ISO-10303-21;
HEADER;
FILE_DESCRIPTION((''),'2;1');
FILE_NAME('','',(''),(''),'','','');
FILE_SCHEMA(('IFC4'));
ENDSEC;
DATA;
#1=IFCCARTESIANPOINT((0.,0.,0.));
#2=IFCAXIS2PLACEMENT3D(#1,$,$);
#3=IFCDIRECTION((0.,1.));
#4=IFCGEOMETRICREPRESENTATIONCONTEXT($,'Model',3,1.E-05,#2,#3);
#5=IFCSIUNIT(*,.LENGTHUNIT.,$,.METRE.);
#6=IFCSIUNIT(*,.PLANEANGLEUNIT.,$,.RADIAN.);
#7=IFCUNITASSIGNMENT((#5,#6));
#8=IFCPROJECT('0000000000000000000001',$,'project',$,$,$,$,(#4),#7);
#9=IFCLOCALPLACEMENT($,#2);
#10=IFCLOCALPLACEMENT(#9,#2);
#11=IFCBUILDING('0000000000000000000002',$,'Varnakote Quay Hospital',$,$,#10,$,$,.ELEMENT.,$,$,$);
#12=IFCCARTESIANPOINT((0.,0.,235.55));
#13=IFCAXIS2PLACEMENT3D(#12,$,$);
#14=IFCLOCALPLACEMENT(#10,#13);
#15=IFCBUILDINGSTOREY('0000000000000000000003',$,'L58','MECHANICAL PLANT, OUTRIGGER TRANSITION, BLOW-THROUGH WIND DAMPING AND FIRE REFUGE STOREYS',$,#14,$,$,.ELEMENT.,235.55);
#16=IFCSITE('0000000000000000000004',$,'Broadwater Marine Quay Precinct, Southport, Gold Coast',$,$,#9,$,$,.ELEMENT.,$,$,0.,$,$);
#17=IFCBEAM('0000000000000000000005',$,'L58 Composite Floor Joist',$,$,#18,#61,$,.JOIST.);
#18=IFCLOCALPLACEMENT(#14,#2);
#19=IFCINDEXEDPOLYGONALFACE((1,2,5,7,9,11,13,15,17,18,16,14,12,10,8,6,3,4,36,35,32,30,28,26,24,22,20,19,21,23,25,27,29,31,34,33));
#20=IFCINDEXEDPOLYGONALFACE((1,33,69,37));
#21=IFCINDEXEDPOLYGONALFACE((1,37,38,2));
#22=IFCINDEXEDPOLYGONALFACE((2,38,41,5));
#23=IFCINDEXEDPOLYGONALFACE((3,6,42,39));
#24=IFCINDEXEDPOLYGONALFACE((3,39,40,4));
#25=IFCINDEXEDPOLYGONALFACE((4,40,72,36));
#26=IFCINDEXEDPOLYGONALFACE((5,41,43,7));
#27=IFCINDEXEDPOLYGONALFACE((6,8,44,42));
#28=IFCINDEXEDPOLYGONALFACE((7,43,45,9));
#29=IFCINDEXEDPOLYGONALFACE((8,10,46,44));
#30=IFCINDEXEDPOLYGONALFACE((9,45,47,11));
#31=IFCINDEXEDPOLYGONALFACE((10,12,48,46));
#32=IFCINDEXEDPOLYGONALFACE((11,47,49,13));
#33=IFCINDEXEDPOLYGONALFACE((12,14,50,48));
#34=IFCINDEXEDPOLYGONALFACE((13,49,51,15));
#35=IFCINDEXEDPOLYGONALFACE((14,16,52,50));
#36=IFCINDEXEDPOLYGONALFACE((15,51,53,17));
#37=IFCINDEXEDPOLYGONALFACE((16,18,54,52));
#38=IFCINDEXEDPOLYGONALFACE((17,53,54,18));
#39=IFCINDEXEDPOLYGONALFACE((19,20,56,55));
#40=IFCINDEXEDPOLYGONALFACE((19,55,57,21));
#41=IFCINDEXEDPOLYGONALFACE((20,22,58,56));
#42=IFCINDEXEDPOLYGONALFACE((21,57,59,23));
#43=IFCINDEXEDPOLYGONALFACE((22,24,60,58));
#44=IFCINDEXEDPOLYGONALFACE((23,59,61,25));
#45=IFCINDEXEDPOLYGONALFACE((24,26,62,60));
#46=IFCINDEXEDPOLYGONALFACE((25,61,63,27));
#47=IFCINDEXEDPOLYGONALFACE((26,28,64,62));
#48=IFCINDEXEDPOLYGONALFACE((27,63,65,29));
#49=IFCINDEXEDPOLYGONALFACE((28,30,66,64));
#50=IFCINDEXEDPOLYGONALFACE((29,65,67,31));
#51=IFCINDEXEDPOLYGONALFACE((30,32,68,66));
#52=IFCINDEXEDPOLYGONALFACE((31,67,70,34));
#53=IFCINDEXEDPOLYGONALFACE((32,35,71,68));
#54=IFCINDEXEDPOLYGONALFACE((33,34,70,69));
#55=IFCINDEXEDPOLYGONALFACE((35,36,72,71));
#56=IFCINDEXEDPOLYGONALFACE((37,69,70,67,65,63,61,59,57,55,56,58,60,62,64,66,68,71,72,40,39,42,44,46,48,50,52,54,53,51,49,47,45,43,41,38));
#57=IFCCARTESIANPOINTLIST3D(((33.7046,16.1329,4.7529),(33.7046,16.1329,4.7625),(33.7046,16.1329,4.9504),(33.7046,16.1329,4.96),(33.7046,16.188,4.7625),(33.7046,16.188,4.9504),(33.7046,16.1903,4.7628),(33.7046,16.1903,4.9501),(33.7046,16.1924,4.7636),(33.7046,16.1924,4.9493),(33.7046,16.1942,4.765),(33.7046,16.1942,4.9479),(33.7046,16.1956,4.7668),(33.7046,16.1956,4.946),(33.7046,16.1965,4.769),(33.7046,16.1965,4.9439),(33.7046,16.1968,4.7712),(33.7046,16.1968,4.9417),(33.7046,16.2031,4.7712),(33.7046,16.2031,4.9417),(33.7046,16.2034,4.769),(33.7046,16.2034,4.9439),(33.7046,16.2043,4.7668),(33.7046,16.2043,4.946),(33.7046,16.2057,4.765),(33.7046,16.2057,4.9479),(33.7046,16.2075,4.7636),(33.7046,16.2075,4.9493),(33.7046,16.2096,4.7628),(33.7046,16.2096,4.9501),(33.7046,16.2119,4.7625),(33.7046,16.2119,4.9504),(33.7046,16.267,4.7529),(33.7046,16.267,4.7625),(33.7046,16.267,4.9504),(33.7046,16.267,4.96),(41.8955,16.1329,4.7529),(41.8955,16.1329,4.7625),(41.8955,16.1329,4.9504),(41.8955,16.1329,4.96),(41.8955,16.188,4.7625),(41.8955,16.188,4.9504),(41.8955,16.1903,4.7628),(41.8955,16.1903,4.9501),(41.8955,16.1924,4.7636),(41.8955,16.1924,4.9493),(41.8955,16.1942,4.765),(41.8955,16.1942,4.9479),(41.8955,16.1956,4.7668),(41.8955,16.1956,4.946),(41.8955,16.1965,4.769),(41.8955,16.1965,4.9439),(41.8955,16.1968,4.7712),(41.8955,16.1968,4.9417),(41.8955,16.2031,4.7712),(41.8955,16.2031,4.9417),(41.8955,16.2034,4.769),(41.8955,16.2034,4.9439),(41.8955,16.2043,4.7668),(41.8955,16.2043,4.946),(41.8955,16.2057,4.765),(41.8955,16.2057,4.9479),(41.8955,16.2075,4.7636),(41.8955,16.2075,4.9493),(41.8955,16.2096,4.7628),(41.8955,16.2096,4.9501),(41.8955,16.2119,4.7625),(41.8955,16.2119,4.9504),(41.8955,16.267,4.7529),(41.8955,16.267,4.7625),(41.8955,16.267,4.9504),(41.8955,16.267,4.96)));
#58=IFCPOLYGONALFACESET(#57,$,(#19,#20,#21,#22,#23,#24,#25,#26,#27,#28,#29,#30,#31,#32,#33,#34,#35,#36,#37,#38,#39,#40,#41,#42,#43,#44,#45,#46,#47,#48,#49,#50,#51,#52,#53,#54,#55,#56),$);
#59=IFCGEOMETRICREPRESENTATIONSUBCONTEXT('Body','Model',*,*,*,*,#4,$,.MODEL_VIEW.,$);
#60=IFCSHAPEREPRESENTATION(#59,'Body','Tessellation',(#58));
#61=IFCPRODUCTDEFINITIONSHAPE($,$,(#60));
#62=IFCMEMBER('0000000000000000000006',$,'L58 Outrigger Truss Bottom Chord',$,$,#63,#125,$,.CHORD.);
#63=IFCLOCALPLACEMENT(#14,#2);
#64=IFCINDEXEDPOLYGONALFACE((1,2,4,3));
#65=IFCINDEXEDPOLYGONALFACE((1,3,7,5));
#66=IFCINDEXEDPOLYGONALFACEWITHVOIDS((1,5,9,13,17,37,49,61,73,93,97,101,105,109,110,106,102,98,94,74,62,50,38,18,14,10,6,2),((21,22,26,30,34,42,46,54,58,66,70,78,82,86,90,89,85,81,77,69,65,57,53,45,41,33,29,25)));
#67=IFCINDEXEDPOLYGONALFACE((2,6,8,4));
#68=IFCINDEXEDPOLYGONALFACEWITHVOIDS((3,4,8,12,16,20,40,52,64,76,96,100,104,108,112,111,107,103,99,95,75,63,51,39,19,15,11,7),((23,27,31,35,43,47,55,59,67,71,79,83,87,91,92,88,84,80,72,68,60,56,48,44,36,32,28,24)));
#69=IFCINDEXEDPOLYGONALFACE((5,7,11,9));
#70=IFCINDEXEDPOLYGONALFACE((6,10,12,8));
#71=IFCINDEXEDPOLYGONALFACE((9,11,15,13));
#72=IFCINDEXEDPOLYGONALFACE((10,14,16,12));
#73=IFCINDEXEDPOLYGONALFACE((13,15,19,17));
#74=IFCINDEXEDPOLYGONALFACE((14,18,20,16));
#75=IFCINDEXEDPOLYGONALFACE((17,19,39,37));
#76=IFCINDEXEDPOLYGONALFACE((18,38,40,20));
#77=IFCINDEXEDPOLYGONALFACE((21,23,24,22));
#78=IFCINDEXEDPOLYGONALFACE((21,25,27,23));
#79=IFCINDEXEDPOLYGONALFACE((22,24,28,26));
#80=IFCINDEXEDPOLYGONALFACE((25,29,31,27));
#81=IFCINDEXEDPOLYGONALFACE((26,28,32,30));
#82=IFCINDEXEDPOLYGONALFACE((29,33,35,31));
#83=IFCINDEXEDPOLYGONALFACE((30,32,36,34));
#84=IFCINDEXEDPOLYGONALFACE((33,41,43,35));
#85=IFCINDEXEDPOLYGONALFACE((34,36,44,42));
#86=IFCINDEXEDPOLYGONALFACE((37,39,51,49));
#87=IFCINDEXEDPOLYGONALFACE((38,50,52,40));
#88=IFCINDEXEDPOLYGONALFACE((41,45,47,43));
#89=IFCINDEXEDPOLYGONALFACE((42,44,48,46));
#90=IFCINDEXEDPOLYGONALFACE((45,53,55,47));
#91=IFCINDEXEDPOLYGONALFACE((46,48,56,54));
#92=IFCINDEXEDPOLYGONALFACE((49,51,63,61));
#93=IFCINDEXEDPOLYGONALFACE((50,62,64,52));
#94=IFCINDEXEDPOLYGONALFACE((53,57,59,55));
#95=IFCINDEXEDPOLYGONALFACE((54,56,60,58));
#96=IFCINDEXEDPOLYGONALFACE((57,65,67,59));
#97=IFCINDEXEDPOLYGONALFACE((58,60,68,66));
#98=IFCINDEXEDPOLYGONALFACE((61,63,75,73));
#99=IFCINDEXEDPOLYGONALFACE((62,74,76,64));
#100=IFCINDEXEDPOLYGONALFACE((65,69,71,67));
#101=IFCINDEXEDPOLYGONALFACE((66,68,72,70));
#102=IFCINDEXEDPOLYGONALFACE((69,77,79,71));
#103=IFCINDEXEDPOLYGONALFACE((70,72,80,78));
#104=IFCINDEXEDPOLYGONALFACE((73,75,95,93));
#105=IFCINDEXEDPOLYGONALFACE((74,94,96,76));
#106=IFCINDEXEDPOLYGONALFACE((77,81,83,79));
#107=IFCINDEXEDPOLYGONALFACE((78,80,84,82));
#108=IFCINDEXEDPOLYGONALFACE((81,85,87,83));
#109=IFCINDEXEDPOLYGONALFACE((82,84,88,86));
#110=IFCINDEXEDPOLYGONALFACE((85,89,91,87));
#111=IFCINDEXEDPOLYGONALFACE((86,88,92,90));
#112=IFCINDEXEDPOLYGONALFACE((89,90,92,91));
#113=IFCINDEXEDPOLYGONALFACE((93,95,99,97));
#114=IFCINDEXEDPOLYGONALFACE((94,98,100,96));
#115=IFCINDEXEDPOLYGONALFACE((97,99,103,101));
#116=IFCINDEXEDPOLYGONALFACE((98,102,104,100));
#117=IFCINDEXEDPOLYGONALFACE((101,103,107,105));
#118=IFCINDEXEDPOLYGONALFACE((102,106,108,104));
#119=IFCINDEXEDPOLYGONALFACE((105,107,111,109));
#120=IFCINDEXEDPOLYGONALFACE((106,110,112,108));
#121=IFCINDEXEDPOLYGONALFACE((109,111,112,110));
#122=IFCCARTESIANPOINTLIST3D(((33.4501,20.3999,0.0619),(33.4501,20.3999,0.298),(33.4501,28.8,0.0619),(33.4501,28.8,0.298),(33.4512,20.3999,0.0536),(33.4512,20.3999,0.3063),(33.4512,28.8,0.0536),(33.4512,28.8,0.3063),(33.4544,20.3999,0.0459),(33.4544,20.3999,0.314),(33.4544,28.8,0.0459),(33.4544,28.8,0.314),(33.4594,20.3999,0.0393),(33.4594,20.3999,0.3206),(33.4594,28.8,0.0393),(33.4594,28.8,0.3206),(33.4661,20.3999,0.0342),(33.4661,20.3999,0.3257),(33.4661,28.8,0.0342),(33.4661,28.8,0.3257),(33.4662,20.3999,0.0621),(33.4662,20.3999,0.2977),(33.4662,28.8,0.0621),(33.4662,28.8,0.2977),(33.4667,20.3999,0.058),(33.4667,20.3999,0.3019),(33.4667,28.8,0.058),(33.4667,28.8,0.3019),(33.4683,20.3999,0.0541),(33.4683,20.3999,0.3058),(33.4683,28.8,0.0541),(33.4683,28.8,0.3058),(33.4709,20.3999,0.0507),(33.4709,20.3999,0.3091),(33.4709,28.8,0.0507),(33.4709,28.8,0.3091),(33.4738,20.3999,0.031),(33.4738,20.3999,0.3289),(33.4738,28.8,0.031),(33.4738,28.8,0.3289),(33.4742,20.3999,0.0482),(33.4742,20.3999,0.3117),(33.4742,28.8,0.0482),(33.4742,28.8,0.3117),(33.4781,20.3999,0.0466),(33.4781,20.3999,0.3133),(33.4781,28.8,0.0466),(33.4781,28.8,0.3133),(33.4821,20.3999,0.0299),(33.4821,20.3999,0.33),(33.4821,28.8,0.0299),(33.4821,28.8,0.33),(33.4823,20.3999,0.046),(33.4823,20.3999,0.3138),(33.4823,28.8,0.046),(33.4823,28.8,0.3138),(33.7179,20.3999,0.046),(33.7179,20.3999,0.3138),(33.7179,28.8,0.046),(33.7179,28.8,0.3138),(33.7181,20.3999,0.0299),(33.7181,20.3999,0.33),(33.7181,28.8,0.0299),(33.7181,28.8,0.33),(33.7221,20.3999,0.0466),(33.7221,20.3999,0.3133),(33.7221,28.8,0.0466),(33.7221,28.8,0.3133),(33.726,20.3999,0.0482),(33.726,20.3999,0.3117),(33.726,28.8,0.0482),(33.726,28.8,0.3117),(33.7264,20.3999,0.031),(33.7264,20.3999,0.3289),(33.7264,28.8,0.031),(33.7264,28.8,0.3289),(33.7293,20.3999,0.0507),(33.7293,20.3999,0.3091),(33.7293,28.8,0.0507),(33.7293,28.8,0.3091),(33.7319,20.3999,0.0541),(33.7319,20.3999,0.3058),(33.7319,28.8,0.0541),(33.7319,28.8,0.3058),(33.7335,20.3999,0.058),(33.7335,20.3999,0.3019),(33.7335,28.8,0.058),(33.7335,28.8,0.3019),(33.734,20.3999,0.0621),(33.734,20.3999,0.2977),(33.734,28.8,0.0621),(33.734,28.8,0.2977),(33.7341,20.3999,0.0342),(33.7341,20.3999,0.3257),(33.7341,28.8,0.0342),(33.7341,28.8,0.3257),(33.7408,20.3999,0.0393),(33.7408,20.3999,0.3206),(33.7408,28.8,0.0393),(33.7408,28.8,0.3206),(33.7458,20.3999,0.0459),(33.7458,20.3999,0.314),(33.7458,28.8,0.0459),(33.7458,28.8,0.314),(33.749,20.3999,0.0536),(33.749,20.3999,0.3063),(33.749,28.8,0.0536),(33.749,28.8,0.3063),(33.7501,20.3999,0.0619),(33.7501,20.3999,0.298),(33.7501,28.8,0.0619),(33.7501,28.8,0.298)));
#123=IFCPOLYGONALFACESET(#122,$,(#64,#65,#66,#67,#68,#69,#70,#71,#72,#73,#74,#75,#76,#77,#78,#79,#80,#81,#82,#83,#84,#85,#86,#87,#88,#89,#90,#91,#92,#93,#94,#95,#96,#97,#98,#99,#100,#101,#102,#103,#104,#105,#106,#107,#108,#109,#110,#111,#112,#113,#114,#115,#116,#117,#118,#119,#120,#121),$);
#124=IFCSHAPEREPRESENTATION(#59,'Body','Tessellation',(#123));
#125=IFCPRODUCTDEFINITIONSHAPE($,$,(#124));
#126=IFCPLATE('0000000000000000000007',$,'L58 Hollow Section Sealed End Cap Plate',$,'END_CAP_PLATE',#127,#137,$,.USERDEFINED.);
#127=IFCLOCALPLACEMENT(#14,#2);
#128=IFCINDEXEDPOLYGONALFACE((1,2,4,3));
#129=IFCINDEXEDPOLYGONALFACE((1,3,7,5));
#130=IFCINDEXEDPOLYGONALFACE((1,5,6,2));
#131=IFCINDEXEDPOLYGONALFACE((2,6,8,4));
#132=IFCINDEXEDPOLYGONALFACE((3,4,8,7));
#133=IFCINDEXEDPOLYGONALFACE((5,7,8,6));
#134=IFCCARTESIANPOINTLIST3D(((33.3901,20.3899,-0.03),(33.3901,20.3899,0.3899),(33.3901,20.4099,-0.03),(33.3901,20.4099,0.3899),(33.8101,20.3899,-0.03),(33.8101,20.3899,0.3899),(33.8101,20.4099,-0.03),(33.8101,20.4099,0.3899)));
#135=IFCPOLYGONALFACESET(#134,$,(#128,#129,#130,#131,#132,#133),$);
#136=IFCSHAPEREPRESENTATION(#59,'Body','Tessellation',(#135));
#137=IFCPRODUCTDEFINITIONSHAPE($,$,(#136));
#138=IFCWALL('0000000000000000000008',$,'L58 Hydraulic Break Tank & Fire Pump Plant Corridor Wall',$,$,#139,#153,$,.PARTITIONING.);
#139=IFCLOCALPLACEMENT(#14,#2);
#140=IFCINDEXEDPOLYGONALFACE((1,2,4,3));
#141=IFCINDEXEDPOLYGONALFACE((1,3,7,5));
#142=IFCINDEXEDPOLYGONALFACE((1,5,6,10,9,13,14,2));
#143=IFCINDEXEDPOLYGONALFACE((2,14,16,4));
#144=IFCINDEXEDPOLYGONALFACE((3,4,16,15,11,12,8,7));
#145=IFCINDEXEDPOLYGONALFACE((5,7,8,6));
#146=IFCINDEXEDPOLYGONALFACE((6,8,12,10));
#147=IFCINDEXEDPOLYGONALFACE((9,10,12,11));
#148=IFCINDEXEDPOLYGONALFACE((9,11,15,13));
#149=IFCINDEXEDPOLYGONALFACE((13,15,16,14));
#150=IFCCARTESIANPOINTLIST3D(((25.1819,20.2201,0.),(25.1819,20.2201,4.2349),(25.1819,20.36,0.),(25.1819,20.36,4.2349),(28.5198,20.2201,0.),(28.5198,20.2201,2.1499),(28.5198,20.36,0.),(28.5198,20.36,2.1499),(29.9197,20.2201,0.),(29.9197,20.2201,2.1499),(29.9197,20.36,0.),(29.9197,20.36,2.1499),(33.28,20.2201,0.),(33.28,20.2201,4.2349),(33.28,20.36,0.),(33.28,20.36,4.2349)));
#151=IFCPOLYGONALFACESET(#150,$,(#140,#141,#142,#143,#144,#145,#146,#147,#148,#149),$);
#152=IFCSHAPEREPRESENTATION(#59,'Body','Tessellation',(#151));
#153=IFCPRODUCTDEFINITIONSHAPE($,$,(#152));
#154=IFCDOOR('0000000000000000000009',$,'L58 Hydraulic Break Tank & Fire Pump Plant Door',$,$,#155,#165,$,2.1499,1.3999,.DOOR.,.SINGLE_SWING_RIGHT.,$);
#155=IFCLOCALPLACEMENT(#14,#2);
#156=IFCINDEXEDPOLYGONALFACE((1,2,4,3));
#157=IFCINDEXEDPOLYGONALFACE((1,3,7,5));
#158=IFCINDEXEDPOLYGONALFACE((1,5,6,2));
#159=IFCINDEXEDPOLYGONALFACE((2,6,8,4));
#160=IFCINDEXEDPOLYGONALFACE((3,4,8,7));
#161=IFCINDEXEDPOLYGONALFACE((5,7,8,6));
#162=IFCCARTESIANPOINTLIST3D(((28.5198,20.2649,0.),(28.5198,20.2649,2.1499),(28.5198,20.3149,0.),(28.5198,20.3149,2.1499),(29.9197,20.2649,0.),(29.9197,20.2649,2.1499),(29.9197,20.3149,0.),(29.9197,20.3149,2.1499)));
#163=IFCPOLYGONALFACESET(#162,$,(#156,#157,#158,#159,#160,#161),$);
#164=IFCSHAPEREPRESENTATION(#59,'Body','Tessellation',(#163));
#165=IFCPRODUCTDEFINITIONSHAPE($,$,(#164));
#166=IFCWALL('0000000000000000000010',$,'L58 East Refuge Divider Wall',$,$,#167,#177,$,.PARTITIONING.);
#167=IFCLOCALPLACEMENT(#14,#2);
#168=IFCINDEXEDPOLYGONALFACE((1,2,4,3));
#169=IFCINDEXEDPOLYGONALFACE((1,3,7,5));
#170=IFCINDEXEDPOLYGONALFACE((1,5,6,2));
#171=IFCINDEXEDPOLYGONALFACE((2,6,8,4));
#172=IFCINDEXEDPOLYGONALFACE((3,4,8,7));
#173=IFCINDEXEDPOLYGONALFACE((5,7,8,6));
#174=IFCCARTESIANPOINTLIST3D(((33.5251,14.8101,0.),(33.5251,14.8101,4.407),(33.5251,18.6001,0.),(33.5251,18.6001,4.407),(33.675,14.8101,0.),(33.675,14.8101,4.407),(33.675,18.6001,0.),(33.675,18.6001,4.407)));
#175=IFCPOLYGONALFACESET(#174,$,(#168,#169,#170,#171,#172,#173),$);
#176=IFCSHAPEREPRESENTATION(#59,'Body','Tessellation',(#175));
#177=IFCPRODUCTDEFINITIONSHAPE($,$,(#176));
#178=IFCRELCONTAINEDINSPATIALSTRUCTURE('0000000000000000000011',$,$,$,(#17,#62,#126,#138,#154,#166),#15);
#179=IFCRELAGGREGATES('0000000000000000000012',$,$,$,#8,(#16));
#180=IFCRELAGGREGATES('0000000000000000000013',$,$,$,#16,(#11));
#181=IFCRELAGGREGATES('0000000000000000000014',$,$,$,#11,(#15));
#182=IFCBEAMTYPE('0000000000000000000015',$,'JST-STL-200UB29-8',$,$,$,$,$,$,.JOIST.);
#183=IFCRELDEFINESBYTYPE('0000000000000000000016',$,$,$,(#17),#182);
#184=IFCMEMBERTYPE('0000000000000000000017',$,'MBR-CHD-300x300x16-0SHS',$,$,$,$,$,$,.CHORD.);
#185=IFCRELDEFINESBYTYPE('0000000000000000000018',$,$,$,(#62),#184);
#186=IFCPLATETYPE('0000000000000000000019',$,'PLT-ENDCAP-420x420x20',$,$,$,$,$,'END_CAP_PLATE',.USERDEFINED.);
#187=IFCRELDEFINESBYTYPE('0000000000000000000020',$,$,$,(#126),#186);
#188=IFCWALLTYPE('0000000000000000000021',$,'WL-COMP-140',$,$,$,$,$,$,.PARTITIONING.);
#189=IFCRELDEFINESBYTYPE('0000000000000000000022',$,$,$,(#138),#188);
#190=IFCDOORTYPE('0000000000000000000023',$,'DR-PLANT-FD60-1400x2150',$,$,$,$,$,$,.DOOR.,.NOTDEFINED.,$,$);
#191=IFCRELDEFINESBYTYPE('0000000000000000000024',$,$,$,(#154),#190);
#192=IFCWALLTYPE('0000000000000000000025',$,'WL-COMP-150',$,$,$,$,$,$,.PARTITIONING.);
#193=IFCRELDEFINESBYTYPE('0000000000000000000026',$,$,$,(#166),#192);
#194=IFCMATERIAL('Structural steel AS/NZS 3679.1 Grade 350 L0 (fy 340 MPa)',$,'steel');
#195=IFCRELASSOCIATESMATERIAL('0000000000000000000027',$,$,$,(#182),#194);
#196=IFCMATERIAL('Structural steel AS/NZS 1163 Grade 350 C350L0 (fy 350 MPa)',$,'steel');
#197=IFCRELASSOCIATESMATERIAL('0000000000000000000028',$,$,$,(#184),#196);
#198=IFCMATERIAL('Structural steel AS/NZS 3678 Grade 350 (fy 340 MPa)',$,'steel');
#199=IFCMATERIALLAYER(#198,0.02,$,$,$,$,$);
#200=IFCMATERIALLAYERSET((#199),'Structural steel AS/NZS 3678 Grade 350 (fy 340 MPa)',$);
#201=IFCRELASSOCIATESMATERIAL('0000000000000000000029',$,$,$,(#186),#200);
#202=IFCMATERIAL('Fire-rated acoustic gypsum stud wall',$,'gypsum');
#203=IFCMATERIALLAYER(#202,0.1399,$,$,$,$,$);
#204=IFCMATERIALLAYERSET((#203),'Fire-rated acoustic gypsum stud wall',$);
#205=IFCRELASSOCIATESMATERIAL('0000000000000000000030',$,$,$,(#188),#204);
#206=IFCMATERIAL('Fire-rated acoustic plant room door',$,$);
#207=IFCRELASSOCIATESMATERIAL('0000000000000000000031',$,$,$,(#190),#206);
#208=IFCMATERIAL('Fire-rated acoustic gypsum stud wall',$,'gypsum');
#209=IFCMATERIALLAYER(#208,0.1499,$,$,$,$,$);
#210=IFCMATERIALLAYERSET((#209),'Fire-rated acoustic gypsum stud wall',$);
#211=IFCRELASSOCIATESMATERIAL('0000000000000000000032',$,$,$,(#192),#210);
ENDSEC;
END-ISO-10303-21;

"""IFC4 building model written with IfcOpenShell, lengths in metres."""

from ifc_helpers import new_model, si_unit, direction, frame, frame_2d, origin, origin_2d, place, context, subcontext, project, spatial, rectangle, hollow_rectangle, i_section, extrude, material, layer, layer_set, material_profile, profile_set, type_object, element, fill, save


model = new_model("IFC4")

# Units and contexts
model_context = context("Model", 3, precision=1e-05, world=origin(), true_north=direction((0.0, 1.0)))
body_context = subcontext(model_context, "Body", "Model", "MODEL_VIEW")
ifc_project = project(units=[si_unit("LENGTHUNIT", "METRE"), si_unit("PLANEANGLEUNIT", "RADIAN")], contexts=[model_context])

# Site, building, storey
site_placement = place(None, origin())
site = spatial("IfcSite", under=ifc_project, at=site_placement, Name="Broadwater Marine Quay Precinct, Southport, Gold Coast", CompositionType="ELEMENT", RefElevation=0.0)
building_placement = place(site_placement, origin())
building = spatial("IfcBuilding", under=site, at=building_placement, Name="Varnakote Quay Hospital", CompositionType="ELEMENT")
storey_placement = place(building_placement, frame((0.0, 0.0, 235.55)))
storey = spatial("IfcBuildingStorey", under=building, at=storey_placement, Name="L58", Description="MECHANICAL PLANT, OUTRIGGER TRANSITION, BLOW-THROUGH WIND DAMPING AND FIRE REFUGE STOREYS", CompositionType="ELEMENT", Elevation=235.55)

# Beam
ifc_material_1 = material(Name="Structural steel AS/NZS 3679.1 Grade 350 L0 (fy 340 MPa)", Category="steel")
ifc_material_profile_1 = material_profile(ifc_material_1, i_section(OverallWidth=0.134, OverallDepth=0.207, WebThickness=0.0063, FlangeThickness=0.0095, FilletRadius=0.0088, at=origin_2d()), Name="200UB29.8")
ifc_profile_set_1 = profile_set([ifc_material_profile_1], Name="Structural steel AS/NZS 3679.1 Grade 350 L0 (fy 340 MPa)")
beam_type_1 = type_object("IfcBeamType", Name="JST-STL-200UB29-8", PredefinedType="JOIST", material=ifc_profile_set_1)
beam_1_placement = place(storey_placement, frame((33.7046, 16.2, 4.8564), z_axis=(1.0, 0.0, 0.0), x_axis=(0.0, 1.0, 0.0)))
element("IfcBeam", 1, at=beam_1_placement, inside=storey, type_object=beam_type_1, Name="L58 Composite Floor Joist", PredefinedType="JOIST", context=body_context, shape_type="SweptSolid", body=[
    extrude(i_section(OverallWidth=0.134, OverallDepth=0.207, WebThickness=0.0063, FlangeThickness=0.0095, FilletRadius=0.0088, at=origin_2d()), origin(), (0.0, 0.0, 1.0), 8.1909),
])

# Member
ifc_material_2 = material(Name="Structural steel AS/NZS 1163 Grade 350 C350L0 (fy 350 MPa)", Category="steel")
ifc_material_profile_2 = material_profile(ifc_material_2, hollow_rectangle(XDim=0.3, YDim=0.3, WallThickness=0.0161, InnerFilletRadius=0.0161, OuterFilletRadius=0.032, at=origin_2d()), Name="300x300x16.0SHS")
ifc_profile_set_2 = profile_set([ifc_material_profile_2], Name="Structural steel AS/NZS 1163 Grade 350 C350L0 (fy 350 MPa)")
member_type = type_object("IfcMemberType", Name="MBR-CHD-300x300x16-0SHS", PredefinedType="CHORD", material=ifc_profile_set_2)
member_placement = place(storey_placement, frame((33.6001, 20.3999, 0.1799), z_axis=(0.0, 1.0, 0.0), x_axis=(-1.0, 0.0, 0.0)))
element("IfcMember", 2, at=member_placement, inside=storey, type_object=member_type, Name="L58 Outrigger Truss Bottom Chord", PredefinedType="CHORD", context=body_context, shape_type="SweptSolid", body=[
    extrude(hollow_rectangle(XDim=0.3, YDim=0.3, WallThickness=0.0161, InnerFilletRadius=0.0161, OuterFilletRadius=0.032, at=origin_2d()), origin(), (0.0, 0.0, 1.0), 8.4001),
])

# Plate
ifc_material_3 = material(Name="Structural steel AS/NZS 3678 Grade 350 (fy 340 MPa)", Category="steel")
ifc_layer_1 = layer(ifc_material_3, 0.02)
ifc_layer_set_1 = layer_set([ifc_layer_1], Name="Structural steel AS/NZS 3678 Grade 350 (fy 340 MPa)")
plate_type = type_object("IfcPlateType", Name="PLT-ENDCAP-420x420x20", ElementType="END_CAP_PLATE", PredefinedType="USERDEFINED", material=ifc_layer_set_1)
plate_placement = place(storey_placement, frame((33.6001, 20.3999, -0.03), z_axis=(0.0, 0.0, 1.0), x_axis=(0.0, 1.0, 0.0)))
element("IfcPlate", 3, at=plate_placement, inside=storey, type_object=plate_type, Name="L58 Hollow Section Sealed End Cap Plate", ObjectType="END_CAP_PLATE", PredefinedType="USERDEFINED", context=body_context, shape_type="SweptSolid", body=[
    extrude(rectangle(XDim=0.02, YDim=0.4199, at=origin_2d()), origin(), (0.0, 0.0, 1.0), 0.4199),
])

# Wall, opening, door
ifc_material_4 = material(Name="Fire-rated acoustic gypsum stud wall", Category="gypsum")
ifc_layer_2 = layer(ifc_material_4, 0.1399)
ifc_layer_set_2 = layer_set([ifc_layer_2], Name="Fire-rated acoustic gypsum stud wall")
wall_type_1 = type_object("IfcWallType", Name="WL-COMP-140", PredefinedType="PARTITIONING", material=ifc_layer_set_2)
wall_1_placement = place(storey_placement, frame((25.1819, 20.29, 0.0), z_axis=(0.0, 0.0, 1.0), x_axis=(1.0, 0.0, 0.0)))
wall_1 = element("IfcWall", 4, at=wall_1_placement, inside=storey, type_object=wall_type_1, Name="L58 Hydraulic Break Tank & Fire Pump Plant Corridor Wall", PredefinedType="PARTITIONING", context=body_context, shape_type="SweptSolid", body=[
    extrude(rectangle(XDim=8.0981, YDim=0.1399, at=frame_2d((4.0491, 0.0))), origin(), (0.0, 0.0, 1.0), 4.2349),
])
opening_1_placement = place(wall_1_placement, frame((3.3379, 0.0, 0.0)))
opening_1 = element("IfcOpeningElement", 5, at=opening_1_placement, cuts=wall_1, PredefinedType="OPENING", context=body_context, shape_type="SweptSolid", body=[
    extrude(rectangle(XDim=1.3999, YDim=2.1499, at=frame_2d((0.7, 1.075))), frame((0.0, 0.0798, 0.0), z_axis=(0.0, -1.0, 0.0), x_axis=(1.0, 0.0, 0.0)), (0.0, 0.0, 1.0), 0.1599),
])
ifc_material_5 = material(Name="Fire-rated acoustic plant room door")
door_type = type_object("IfcDoorType", Name="DR-PLANT-FD60-1400x2150", OperationType="NOTDEFINED", PredefinedType="DOOR", material=ifc_material_5)
door_1_placement = place(opening_1_placement, origin())
door_1 = element("IfcDoor", 6, at=door_1_placement, inside=storey, type_object=door_type, Name="L58 Hydraulic Break Tank & Fire Pump Plant Door", OperationType="SINGLE_SWING_RIGHT", OverallHeight=2.1499, OverallWidth=1.3999, PredefinedType="DOOR", context=body_context, shape_type="SweptSolid", body=[
    extrude(rectangle(XDim=1.3999, YDim=2.1499, at=frame_2d((0.7, 1.075))), frame((0.0, 0.0249, 0.0), z_axis=(0.0, -1.0, 0.0), x_axis=(1.0, 0.0, 0.0)), (0.0, 0.0, 1.0), 0.05),
])
fill(opening_1, door_1)

# Wall
ifc_material_6 = material(Name="Fire-rated acoustic gypsum stud wall", Category="gypsum")
ifc_layer_3 = layer(ifc_material_6, 0.1499)
ifc_layer_set_3 = layer_set([ifc_layer_3], Name="Fire-rated acoustic gypsum stud wall")
wall_type_2 = type_object("IfcWallType", Name="WL-COMP-150", PredefinedType="PARTITIONING", material=ifc_layer_set_3)
wall_2_placement = place(storey_placement, frame((33.6001, 14.8101, 0.0), z_axis=(0.0, 0.0, 1.0), x_axis=(0.0, 1.0, 0.0)))
element("IfcWall", 7, at=wall_2_placement, inside=storey, type_object=wall_type_2, Name="L58 East Refuge Divider Wall", PredefinedType="PARTITIONING", context=body_context, shape_type="SweptSolid", body=[
    extrude(rectangle(XDim=3.79, YDim=0.1499, at=frame_2d((1.895, 0.0))), origin(), (0.0, 0.0, 1.0), 4.407),
])

save(model, "model.ifc")
